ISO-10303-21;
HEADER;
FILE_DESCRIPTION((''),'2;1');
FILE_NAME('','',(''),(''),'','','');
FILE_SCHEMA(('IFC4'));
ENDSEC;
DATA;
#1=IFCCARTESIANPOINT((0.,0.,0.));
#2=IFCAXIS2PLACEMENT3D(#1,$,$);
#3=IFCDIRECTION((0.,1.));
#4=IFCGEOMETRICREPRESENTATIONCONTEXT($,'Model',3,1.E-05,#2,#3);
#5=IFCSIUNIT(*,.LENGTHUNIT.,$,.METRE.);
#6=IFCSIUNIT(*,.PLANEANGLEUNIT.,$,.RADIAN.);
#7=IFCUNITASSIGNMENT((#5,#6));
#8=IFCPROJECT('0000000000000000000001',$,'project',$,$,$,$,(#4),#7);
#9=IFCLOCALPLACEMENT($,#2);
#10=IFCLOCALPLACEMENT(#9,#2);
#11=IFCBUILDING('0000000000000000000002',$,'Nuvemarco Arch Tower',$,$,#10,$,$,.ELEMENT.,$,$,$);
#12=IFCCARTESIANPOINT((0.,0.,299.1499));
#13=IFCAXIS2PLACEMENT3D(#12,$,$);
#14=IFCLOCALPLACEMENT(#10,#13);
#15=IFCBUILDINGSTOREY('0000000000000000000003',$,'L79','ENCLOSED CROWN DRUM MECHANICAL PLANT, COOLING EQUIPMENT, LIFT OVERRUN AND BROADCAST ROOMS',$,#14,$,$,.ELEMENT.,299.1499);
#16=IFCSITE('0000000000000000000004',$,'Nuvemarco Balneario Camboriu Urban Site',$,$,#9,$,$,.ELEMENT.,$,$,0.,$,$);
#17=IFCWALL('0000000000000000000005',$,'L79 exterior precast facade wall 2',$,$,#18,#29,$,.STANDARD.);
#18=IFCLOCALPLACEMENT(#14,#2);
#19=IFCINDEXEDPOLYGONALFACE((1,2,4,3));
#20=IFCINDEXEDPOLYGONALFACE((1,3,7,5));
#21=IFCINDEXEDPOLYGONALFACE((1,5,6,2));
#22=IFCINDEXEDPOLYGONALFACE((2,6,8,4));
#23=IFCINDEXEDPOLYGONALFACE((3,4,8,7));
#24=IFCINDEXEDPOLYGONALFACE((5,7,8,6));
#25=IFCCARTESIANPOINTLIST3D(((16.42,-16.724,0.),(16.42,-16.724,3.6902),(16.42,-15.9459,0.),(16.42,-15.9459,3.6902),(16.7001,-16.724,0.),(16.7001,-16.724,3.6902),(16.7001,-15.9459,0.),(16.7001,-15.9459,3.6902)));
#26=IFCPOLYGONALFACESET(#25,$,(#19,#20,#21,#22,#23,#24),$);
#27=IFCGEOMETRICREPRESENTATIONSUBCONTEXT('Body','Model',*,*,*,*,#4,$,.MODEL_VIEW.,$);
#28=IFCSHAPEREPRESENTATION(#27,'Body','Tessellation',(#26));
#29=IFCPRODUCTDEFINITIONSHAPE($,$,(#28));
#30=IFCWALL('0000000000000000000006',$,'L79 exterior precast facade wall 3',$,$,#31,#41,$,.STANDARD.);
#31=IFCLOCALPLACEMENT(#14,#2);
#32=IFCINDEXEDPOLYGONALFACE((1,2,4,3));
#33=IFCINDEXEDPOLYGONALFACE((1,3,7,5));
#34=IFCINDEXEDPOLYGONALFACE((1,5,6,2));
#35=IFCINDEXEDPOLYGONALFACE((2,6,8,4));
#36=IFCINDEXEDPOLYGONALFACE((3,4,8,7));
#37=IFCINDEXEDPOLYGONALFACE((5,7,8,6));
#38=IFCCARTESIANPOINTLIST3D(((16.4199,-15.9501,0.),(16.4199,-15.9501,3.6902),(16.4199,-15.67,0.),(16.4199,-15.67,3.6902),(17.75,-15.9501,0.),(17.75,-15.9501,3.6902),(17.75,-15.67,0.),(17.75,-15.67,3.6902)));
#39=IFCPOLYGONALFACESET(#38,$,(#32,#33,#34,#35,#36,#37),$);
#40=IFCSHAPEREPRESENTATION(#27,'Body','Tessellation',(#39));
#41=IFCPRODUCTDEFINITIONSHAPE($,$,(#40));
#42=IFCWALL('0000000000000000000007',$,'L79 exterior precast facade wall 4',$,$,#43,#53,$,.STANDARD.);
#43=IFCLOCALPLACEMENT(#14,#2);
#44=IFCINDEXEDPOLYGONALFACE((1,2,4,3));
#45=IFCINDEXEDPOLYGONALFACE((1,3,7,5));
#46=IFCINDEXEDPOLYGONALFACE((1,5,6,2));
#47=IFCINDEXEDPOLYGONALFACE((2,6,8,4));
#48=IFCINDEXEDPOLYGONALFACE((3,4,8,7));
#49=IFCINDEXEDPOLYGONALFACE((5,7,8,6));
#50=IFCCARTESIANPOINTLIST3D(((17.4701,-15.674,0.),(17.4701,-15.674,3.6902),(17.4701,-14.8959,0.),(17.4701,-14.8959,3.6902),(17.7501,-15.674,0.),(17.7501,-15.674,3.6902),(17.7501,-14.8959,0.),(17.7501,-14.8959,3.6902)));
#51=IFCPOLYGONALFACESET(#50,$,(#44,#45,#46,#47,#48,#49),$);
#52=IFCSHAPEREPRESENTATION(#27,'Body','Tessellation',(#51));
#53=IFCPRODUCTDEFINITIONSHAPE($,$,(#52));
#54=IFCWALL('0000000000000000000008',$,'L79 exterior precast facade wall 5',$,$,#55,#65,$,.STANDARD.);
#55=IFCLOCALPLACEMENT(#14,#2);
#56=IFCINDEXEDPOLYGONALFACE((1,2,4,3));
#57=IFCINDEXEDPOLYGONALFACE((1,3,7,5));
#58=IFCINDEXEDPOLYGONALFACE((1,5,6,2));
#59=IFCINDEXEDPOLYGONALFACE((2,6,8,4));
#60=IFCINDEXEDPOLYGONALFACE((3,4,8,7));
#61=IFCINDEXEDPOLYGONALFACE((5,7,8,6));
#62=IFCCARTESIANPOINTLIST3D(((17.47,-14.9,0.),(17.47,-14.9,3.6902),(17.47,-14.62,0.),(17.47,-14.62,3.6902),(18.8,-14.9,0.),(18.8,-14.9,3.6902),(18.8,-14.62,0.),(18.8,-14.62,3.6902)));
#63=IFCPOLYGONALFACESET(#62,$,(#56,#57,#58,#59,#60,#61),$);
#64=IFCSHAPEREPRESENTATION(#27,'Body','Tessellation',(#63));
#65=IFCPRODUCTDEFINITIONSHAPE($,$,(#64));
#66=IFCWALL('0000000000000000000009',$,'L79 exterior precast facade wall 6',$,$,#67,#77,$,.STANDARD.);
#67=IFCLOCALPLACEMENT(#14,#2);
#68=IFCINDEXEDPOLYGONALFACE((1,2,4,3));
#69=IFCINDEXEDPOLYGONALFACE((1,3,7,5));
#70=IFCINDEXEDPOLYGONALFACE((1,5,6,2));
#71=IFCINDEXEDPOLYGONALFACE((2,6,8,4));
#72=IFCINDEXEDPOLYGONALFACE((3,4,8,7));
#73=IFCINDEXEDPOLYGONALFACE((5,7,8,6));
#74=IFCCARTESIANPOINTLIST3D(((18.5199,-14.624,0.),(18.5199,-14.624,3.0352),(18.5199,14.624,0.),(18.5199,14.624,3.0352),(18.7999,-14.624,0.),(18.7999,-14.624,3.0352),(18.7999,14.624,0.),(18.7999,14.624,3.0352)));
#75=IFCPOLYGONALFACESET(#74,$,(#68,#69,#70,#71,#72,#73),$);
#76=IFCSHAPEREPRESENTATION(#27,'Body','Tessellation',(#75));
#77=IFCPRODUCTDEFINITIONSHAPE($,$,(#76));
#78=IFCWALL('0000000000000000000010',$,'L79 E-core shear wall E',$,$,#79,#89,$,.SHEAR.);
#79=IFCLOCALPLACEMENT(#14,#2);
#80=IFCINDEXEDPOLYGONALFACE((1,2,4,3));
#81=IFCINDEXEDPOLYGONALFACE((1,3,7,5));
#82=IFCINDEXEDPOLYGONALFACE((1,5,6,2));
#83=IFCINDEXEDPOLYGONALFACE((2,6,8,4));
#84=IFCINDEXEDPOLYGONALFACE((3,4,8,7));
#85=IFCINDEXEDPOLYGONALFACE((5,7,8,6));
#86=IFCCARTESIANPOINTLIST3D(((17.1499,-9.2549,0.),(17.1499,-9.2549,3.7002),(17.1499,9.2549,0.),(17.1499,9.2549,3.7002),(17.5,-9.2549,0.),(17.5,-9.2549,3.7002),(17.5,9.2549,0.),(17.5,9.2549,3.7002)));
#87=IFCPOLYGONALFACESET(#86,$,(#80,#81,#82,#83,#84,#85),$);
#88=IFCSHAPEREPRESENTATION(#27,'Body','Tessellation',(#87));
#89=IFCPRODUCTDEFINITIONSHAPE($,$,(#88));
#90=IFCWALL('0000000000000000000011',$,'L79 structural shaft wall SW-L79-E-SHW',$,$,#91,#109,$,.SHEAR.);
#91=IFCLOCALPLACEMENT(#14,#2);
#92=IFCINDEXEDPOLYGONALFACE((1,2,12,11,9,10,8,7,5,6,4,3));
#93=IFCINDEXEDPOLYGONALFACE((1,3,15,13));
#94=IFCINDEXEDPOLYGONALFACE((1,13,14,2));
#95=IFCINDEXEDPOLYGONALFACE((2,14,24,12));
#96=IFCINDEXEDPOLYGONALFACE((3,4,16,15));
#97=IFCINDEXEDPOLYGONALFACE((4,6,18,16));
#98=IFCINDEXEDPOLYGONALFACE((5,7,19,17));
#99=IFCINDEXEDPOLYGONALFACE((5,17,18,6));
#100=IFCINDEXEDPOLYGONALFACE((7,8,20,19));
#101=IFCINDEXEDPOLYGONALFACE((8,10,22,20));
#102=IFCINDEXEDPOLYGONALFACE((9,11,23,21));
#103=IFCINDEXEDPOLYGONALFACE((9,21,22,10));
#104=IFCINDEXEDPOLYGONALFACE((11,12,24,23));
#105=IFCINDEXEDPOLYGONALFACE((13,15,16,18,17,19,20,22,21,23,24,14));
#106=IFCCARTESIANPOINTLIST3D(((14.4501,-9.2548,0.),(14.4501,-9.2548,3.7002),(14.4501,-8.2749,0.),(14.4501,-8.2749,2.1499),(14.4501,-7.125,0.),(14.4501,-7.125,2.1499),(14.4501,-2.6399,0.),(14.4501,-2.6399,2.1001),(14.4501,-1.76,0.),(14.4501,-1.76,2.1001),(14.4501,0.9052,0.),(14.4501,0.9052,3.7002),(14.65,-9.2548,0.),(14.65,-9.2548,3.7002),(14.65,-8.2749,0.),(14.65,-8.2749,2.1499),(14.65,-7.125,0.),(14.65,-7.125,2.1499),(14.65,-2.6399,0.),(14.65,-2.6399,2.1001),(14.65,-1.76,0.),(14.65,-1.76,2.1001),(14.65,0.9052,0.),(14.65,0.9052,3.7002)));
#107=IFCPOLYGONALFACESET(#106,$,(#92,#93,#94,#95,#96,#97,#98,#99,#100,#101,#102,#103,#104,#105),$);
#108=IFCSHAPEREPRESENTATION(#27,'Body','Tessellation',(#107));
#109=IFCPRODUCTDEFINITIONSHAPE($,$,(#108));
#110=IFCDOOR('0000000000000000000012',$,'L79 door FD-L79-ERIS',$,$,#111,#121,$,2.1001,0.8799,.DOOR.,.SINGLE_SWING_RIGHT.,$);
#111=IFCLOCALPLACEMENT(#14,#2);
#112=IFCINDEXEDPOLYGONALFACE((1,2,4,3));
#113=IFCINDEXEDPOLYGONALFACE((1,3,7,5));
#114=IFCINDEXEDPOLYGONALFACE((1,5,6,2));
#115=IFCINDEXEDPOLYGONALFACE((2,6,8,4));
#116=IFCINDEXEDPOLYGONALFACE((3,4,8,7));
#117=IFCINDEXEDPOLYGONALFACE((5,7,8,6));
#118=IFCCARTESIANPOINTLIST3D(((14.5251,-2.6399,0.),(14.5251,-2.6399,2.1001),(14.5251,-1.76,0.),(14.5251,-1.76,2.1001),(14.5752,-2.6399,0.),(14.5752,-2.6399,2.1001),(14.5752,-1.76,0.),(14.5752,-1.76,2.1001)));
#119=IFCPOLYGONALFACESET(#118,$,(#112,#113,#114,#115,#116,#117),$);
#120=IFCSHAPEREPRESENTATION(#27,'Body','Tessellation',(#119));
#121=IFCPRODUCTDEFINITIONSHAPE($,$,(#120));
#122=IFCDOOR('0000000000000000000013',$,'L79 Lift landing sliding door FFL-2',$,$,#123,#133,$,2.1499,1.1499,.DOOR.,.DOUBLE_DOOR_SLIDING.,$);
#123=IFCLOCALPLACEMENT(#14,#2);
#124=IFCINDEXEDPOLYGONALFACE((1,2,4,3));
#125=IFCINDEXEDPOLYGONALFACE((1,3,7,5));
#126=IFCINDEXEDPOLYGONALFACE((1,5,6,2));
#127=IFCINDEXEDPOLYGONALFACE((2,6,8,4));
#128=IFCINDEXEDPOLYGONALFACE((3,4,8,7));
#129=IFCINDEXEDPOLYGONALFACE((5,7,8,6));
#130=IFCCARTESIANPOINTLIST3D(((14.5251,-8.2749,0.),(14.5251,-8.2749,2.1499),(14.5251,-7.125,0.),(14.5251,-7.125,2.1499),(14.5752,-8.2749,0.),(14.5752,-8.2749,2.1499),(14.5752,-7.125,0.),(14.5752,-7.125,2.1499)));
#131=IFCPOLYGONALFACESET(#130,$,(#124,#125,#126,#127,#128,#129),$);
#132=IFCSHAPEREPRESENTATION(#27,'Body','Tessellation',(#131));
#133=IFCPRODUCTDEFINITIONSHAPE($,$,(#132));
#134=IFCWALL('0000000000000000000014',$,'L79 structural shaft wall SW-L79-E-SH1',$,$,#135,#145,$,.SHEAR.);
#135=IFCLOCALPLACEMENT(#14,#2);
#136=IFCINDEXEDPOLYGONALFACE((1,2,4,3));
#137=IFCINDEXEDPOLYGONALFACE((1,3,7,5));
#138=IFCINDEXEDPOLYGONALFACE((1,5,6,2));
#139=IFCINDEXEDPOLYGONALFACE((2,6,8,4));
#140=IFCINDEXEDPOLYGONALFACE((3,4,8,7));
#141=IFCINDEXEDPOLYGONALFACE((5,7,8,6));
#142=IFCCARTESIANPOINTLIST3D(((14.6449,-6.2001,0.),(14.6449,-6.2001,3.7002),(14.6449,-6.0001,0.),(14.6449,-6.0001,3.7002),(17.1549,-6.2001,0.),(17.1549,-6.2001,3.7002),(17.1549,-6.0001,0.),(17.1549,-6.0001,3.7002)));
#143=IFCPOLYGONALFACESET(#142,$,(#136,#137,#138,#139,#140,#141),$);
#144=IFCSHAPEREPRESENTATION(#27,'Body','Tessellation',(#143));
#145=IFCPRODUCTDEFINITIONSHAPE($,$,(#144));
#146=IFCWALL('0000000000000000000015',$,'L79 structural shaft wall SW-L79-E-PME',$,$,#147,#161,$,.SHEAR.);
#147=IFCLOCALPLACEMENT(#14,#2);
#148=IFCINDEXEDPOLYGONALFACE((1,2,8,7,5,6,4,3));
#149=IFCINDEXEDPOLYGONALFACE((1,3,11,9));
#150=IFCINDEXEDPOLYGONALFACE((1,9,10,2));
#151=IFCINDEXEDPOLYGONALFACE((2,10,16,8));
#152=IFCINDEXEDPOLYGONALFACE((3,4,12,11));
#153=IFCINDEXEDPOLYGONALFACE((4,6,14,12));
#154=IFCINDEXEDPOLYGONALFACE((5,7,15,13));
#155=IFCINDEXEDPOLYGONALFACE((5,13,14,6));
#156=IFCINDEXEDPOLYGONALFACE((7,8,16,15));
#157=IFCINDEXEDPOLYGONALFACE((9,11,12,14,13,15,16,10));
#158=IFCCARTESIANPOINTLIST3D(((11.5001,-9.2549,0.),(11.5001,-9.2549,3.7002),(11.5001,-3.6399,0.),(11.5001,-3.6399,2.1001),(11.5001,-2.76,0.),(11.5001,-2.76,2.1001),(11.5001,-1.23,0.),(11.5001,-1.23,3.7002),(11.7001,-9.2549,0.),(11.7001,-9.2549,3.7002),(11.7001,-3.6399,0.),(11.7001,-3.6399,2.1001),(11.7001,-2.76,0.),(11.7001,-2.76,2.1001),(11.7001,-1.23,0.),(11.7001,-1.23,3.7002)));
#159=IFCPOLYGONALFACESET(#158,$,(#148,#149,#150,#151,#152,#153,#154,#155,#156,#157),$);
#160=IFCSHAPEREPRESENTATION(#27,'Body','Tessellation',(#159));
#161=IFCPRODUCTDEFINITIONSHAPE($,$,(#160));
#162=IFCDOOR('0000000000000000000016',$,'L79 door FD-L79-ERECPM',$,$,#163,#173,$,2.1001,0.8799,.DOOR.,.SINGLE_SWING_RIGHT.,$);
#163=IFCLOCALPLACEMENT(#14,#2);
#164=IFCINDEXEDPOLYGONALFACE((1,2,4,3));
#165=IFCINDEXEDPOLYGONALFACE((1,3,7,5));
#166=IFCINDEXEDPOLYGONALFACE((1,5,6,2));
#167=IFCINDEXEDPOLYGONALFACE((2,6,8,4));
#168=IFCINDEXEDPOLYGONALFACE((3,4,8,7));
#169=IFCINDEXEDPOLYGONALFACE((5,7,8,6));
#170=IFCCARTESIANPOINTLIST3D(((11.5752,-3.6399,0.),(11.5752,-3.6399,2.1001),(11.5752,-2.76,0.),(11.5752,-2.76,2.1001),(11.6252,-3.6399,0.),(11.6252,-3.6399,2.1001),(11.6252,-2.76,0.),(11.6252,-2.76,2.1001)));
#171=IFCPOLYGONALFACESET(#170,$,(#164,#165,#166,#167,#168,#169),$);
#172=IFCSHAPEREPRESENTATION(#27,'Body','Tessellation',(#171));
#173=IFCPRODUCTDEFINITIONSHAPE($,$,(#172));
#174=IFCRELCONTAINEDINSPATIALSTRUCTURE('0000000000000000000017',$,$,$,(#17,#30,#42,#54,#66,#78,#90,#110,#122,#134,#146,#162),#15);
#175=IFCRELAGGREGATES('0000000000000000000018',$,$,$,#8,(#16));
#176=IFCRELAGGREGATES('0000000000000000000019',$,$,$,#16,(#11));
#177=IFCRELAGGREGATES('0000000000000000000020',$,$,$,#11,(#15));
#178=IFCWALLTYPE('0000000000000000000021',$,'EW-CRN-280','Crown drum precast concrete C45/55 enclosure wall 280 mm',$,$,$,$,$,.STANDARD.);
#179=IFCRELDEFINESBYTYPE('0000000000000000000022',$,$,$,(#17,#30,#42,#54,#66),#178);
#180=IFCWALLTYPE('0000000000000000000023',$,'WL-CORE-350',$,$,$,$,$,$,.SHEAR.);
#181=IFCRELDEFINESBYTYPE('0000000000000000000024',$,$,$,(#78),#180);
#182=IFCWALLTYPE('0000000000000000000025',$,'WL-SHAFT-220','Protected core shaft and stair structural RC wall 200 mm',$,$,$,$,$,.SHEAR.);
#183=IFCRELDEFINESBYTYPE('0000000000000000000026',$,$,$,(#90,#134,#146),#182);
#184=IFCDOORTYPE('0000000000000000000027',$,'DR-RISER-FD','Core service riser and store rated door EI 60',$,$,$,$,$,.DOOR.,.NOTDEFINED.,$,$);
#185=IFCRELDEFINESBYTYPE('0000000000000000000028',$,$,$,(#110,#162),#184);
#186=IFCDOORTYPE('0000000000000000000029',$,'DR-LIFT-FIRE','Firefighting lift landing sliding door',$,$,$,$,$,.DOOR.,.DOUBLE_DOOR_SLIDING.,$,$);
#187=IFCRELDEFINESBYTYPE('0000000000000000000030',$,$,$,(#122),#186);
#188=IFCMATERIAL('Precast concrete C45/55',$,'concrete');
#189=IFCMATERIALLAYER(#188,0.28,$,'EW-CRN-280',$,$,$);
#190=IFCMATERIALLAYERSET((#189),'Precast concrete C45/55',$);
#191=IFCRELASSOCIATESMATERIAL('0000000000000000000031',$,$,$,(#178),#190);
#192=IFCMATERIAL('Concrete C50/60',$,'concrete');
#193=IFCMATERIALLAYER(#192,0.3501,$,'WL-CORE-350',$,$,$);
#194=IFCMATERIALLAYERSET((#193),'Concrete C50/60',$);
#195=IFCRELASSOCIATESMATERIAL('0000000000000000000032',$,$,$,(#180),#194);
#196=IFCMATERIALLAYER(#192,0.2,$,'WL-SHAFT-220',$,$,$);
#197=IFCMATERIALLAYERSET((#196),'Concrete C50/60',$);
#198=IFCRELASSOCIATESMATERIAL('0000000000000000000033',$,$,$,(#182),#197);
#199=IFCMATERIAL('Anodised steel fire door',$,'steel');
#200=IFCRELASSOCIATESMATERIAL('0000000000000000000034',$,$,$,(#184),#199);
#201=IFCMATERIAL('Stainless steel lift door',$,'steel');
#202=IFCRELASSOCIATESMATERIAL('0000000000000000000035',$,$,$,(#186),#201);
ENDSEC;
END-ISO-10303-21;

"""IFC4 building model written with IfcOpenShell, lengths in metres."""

from ifc_helpers import new_model, si_unit, direction, frame, frame_2d, origin, place, context, subcontext, project, spatial, rectangle, extrude, source, transform, mapped, material, layer, layer_set, type_object, type_shapes, element, fill, save


model = new_model("IFC4")

# Units and contexts
model_context = context("Model", 3, precision=1e-05, world=origin(), true_north=direction((0.0, 1.0)))
body_context = subcontext(model_context, "Body", "Model", "MODEL_VIEW")
ifc_project = project(units=[si_unit("LENGTHUNIT", "METRE"), si_unit("PLANEANGLEUNIT", "RADIAN")], contexts=[model_context])

# Site, building, storey
site_placement = place(None, origin())
site = spatial("IfcSite", under=ifc_project, at=site_placement, Name="Nuvemarco Balneario Camboriu Urban Site", CompositionType="ELEMENT", RefElevation=0.0)
building_placement = place(site_placement, origin())
building = spatial("IfcBuilding", under=site, at=building_placement, Name="Nuvemarco Arch Tower", CompositionType="ELEMENT")
storey_placement = place(building_placement, frame((0.0, 0.0, 299.1499)))
storey = spatial("IfcBuildingStorey", under=building, at=storey_placement, Name="L79", Description="ENCLOSED CROWN DRUM MECHANICAL PLANT, COOLING EQUIPMENT, LIFT OVERRUN AND BROADCAST ROOMS", CompositionType="ELEMENT", Elevation=299.1499)

# Shared definitions
ifc_material_1 = material(Name="Concrete C50/60", Category="concrete")

# Shared definitions
ifc_material_2 = material(Name="Precast concrete C45/55", Category="concrete")

# Walls
ifc_layer_1 = layer(ifc_material_2, 0.28, Name="EW-CRN-280")
ifc_layer_set_1 = layer_set([ifc_layer_1], Name="Precast concrete C45/55")
wall_type_1 = type_object("IfcWallType", Name="EW-CRN-280", Description="Crown drum precast concrete C45/55 enclosure wall 280 mm", PredefinedType="STANDARD", material=ifc_layer_set_1)
wall_1_placement = place(storey_placement, frame((16.5601, -16.7241, 0.0), z_axis=(0.0, 0.0, 1.0), x_axis=(0.0, 1.0, 0.0)))
element("IfcWall", 1, at=wall_1_placement, inside=storey, type_object=wall_type_1, Name="L79 exterior precast facade wall 2", PredefinedType="STANDARD", context=body_context, shape_type="SweptSolid", body=[
    extrude(rectangle(XDim=0.7781, YDim=0.28, at=frame_2d((0.3892, 0.0))), origin(), (0.0, 0.0, 1.0), 3.6902),
])
wall_2_placement = place(storey_placement, frame((16.4199, -15.8101, 0.0), z_axis=(0.0, 0.0, 1.0), x_axis=(1.0, 0.0, 0.0)))
element("IfcWall", 2, at=wall_2_placement, inside=storey, type_object=wall_type_1, Name="L79 exterior precast facade wall 3", PredefinedType="STANDARD", context=body_context, shape_type="SweptSolid", body=[
    extrude(rectangle(XDim=1.3301, YDim=0.28, at=frame_2d((0.665, 0.0))), origin(), (0.0, 0.0, 1.0), 3.6902),
])
wall_3_placement = place(storey_placement, frame((17.6101, -15.6741, 0.0), z_axis=(0.0, 0.0, 1.0), x_axis=(0.0, 1.0, 0.0)))
element("IfcWall", 3, at=wall_3_placement, inside=storey, type_object=wall_type_1, Name="L79 exterior precast facade wall 4", PredefinedType="STANDARD", context=body_context, shape_type="SweptSolid", body=[
    extrude(rectangle(XDim=0.7781, YDim=0.28, at=frame_2d((0.3892, 0.0))), origin(), (0.0, 0.0, 1.0), 3.6902),
])
wall_4_placement = place(storey_placement, frame((17.47, -14.76, 0.0), z_axis=(0.0, 0.0, 1.0), x_axis=(1.0, 0.0, 0.0)))
element("IfcWall", 4, at=wall_4_placement, inside=storey, type_object=wall_type_1, Name="L79 exterior precast facade wall 5", PredefinedType="STANDARD", context=body_context, shape_type="SweptSolid", body=[
    extrude(rectangle(XDim=1.3301, YDim=0.28, at=frame_2d((0.665, 0.0))), origin(), (0.0, 0.0, 1.0), 3.6902),
])
wall_5_placement = place(storey_placement, frame((18.6599, -14.624, 0.0), z_axis=(0.0, 0.0, 1.0), x_axis=(0.0, 1.0, 0.0)))
element("IfcWall", 5, at=wall_5_placement, inside=storey, type_object=wall_type_1, Name="L79 exterior precast facade wall 6", PredefinedType="STANDARD", context=body_context, shape_type="SweptSolid", body=[
    extrude(rectangle(XDim=29.248, YDim=0.28, at=frame_2d((14.624, 0.0))), origin(), (0.0, 0.0, 1.0), 3.0352),
])
ifc_layer_2 = layer(ifc_material_1, 0.3501, Name="WL-CORE-350")
ifc_layer_set_2 = layer_set([ifc_layer_2], Name="Concrete C50/60")
wall_type_2 = type_object("IfcWallType", Name="WL-CORE-350", PredefinedType="SHEAR", material=ifc_layer_set_2)
wall_6_placement = place(storey_placement, frame((17.325, -9.2549, 0.0), z_axis=(0.0, 0.0, 1.0), x_axis=(0.0, 1.0, 0.0)))
element("IfcWall", 6, at=wall_6_placement, inside=storey, type_object=wall_type_2, Name="L79 E-core shear wall E", PredefinedType="SHEAR", context=body_context, shape_type="SweptSolid", body=[
    extrude(rectangle(XDim=18.5098, YDim=0.3501, at=frame_2d((9.2549, 0.0))), origin(), (0.0, 0.0, 1.0), 3.7002),
])

# Wall, openings, doors
ifc_layer_3 = layer(ifc_material_1, 0.2, Name="WL-SHAFT-220")
ifc_layer_set_3 = layer_set([ifc_layer_3], Name="Concrete C50/60")
wall_type_3 = type_object("IfcWallType", Name="WL-SHAFT-220", Description="Protected core shaft and stair structural RC wall 200 mm", PredefinedType="SHEAR", material=ifc_layer_set_3)
wall_7_placement = place(storey_placement, frame((14.55, -9.2549, 0.0), z_axis=(0.0, 0.0, 1.0), x_axis=(0.0, 1.0, 0.0)))
wall_7 = element("IfcWall", 7, at=wall_7_placement, inside=storey, type_object=wall_type_3, Name="L79 structural shaft wall SW-L79-E-SHW", PredefinedType="SHEAR", context=body_context, shape_type="SweptSolid", body=[
    extrude(rectangle(XDim=10.1599, YDim=0.2, at=frame_2d((5.0801, 0.0))), origin(), (0.0, 0.0, 1.0), 3.7002),
])
opening_1_placement = place(wall_7_placement, frame((6.615, 0.0, 0.0)))
opening_1 = element("IfcOpeningElement", 8, at=opening_1_placement, cuts=wall_7, PredefinedType="OPENING", context=body_context, shape_type="SweptSolid", body=[
    extrude(rectangle(XDim=0.8799, YDim=2.1001, at=frame_2d((0.4399, 1.05))), frame((0.0, 0.1099, 0.0), z_axis=(0.0, -1.0, 0.0), x_axis=(1.0, 0.0, 0.0)), (0.0, 0.0, 1.0), 0.22),
])
opening_2_placement = place(wall_7_placement, frame((0.98, 0.0, 0.0)))
opening_2 = element("IfcOpeningElement", 9, at=opening_2_placement, cuts=wall_7, PredefinedType="OPENING", context=body_context, shape_type="SweptSolid", body=[
    extrude(rectangle(XDim=1.1499, YDim=2.1499, at=frame_2d((0.575, 1.075))), frame((0.0, 0.1099, 0.0), z_axis=(0.0, -1.0, 0.0), x_axis=(1.0, 0.0, 0.0)), (0.0, 0.0, 1.0), 0.22),
])
ifc_material_3 = material(Name="Anodised steel fire door", Category="steel")
door_type_1 = type_object("IfcDoorType", Name="DR-RISER-FD", Description="Core service riser and store rated door EI 60", OperationType="NOTDEFINED", PredefinedType="DOOR", material=ifc_material_3)
shared_shape_1 = source(origin(), body_context, "Body", "SweptSolid", [
    extrude(rectangle(XDim=0.8799, YDim=2.1001, at=frame_2d((0.4399, 1.05))), frame((0.0, 0.0249, 0.0), z_axis=(0.0, -1.0, 0.0), x_axis=(1.0, 0.0, 0.0)), (0.0, 0.0, 1.0), 0.05),
])
type_shapes(door_type_1, [shared_shape_1])
door_1_placement = place(opening_1_placement, origin())
door_1 = element("IfcDoor", 10, at=door_1_placement, inside=storey, type_object=door_type_1, Name="L79 door FD-L79-ERIS", OperationType="SINGLE_SWING_RIGHT", OverallHeight=2.1001, OverallWidth=0.8799, PredefinedType="DOOR", context=body_context, shape_type="MappedRepresentation", body=[
    mapped(shared_shape_1, transform((0.0, 0.0, 0.0), scale=1.0)),
])
fill(opening_1, door_1)
ifc_material_4 = material(Name="Stainless steel lift door", Category="steel")
door_type_2 = type_object("IfcDoorType", Name="DR-LIFT-FIRE", Description="Firefighting lift landing sliding door", OperationType="DOUBLE_DOOR_SLIDING", PredefinedType="DOOR", material=ifc_material_4)
shared_shape_2 = source(origin(), body_context, "Body", "SweptSolid", [
    extrude(rectangle(XDim=1.1499, YDim=2.1499, at=frame_2d((0.575, 1.075))), frame((0.0, 0.0249, 0.0), z_axis=(0.0, -1.0, 0.0), x_axis=(1.0, 0.0, 0.0)), (0.0, 0.0, 1.0), 0.05),
])
type_shapes(door_type_2, [shared_shape_2])
door_2_placement = place(opening_2_placement, origin())
door_2 = element("IfcDoor", 11, at=door_2_placement, inside=storey, type_object=door_type_2, Name="L79 Lift landing sliding door FFL-2", OperationType="DOUBLE_DOOR_SLIDING", OverallHeight=2.1499, OverallWidth=1.1499, PredefinedType="DOOR", context=body_context, shape_type="MappedRepresentation", body=[
    mapped(shared_shape_2, transform((0.0, 0.0, 0.0), scale=1.0)),
])
fill(opening_2, door_2)

# Wall
wall_8_placement = place(storey_placement, frame((14.645, -6.1001, 0.0), z_axis=(0.0, 0.0, 1.0), x_axis=(1.0, 0.0, 0.0)))
element("IfcWall", 12, at=wall_8_placement, inside=storey, type_object=wall_type_3, Name="L79 structural shaft wall SW-L79-E-SH1", PredefinedType="SHEAR", context=body_context, shape_type="SweptSolid", body=[
    extrude(rectangle(XDim=2.51, YDim=0.2, at=frame_2d((1.2549, 0.0))), origin(), (0.0, 0.0, 1.0), 3.7002),
])

# Wall, opening, door
wall_9_placement = place(storey_placement, frame((11.6001, -9.2549, 0.0), z_axis=(0.0, 0.0, 1.0), x_axis=(0.0, 1.0, 0.0)))
wall_9 = element("IfcWall", 13, at=wall_9_placement, inside=storey, type_object=wall_type_3, Name="L79 structural shaft wall SW-L79-E-PME", PredefinedType="SHEAR", context=body_context, shape_type="SweptSolid", body=[
    extrude(rectangle(XDim=8.0249, YDim=0.2, at=frame_2d((4.0125, 0.0))), origin(), (0.0, 0.0, 1.0), 3.7002),
])
opening_3_placement = place(wall_9_placement, frame((5.615, 0.0, 0.0)))
opening_3 = element("IfcOpeningElement", 14, at=opening_3_placement, cuts=wall_9, PredefinedType="OPENING", context=body_context, shape_type="SweptSolid", body=[
    extrude(rectangle(XDim=0.8799, YDim=2.1001, at=frame_2d((0.4399, 1.05))), frame((0.0, 0.1099, 0.0), z_axis=(0.0, -1.0, 0.0), x_axis=(1.0, 0.0, 0.0)), (0.0, 0.0, 1.0), 0.22),
])
door_3_placement = place(opening_3_placement, origin())
door_3 = element("IfcDoor", 15, at=door_3_placement, inside=storey, type_object=door_type_1, Name="L79 door FD-L79-ERECPM", OperationType="SINGLE_SWING_RIGHT", OverallHeight=2.1001, OverallWidth=0.8799, PredefinedType="DOOR", context=body_context, shape_type="MappedRepresentation", body=[
    mapped(shared_shape_1, transform((0.0, 0.0, 0.0), scale=1.0)),
])
fill(opening_3, door_3)

save(model, "model.ifc")
